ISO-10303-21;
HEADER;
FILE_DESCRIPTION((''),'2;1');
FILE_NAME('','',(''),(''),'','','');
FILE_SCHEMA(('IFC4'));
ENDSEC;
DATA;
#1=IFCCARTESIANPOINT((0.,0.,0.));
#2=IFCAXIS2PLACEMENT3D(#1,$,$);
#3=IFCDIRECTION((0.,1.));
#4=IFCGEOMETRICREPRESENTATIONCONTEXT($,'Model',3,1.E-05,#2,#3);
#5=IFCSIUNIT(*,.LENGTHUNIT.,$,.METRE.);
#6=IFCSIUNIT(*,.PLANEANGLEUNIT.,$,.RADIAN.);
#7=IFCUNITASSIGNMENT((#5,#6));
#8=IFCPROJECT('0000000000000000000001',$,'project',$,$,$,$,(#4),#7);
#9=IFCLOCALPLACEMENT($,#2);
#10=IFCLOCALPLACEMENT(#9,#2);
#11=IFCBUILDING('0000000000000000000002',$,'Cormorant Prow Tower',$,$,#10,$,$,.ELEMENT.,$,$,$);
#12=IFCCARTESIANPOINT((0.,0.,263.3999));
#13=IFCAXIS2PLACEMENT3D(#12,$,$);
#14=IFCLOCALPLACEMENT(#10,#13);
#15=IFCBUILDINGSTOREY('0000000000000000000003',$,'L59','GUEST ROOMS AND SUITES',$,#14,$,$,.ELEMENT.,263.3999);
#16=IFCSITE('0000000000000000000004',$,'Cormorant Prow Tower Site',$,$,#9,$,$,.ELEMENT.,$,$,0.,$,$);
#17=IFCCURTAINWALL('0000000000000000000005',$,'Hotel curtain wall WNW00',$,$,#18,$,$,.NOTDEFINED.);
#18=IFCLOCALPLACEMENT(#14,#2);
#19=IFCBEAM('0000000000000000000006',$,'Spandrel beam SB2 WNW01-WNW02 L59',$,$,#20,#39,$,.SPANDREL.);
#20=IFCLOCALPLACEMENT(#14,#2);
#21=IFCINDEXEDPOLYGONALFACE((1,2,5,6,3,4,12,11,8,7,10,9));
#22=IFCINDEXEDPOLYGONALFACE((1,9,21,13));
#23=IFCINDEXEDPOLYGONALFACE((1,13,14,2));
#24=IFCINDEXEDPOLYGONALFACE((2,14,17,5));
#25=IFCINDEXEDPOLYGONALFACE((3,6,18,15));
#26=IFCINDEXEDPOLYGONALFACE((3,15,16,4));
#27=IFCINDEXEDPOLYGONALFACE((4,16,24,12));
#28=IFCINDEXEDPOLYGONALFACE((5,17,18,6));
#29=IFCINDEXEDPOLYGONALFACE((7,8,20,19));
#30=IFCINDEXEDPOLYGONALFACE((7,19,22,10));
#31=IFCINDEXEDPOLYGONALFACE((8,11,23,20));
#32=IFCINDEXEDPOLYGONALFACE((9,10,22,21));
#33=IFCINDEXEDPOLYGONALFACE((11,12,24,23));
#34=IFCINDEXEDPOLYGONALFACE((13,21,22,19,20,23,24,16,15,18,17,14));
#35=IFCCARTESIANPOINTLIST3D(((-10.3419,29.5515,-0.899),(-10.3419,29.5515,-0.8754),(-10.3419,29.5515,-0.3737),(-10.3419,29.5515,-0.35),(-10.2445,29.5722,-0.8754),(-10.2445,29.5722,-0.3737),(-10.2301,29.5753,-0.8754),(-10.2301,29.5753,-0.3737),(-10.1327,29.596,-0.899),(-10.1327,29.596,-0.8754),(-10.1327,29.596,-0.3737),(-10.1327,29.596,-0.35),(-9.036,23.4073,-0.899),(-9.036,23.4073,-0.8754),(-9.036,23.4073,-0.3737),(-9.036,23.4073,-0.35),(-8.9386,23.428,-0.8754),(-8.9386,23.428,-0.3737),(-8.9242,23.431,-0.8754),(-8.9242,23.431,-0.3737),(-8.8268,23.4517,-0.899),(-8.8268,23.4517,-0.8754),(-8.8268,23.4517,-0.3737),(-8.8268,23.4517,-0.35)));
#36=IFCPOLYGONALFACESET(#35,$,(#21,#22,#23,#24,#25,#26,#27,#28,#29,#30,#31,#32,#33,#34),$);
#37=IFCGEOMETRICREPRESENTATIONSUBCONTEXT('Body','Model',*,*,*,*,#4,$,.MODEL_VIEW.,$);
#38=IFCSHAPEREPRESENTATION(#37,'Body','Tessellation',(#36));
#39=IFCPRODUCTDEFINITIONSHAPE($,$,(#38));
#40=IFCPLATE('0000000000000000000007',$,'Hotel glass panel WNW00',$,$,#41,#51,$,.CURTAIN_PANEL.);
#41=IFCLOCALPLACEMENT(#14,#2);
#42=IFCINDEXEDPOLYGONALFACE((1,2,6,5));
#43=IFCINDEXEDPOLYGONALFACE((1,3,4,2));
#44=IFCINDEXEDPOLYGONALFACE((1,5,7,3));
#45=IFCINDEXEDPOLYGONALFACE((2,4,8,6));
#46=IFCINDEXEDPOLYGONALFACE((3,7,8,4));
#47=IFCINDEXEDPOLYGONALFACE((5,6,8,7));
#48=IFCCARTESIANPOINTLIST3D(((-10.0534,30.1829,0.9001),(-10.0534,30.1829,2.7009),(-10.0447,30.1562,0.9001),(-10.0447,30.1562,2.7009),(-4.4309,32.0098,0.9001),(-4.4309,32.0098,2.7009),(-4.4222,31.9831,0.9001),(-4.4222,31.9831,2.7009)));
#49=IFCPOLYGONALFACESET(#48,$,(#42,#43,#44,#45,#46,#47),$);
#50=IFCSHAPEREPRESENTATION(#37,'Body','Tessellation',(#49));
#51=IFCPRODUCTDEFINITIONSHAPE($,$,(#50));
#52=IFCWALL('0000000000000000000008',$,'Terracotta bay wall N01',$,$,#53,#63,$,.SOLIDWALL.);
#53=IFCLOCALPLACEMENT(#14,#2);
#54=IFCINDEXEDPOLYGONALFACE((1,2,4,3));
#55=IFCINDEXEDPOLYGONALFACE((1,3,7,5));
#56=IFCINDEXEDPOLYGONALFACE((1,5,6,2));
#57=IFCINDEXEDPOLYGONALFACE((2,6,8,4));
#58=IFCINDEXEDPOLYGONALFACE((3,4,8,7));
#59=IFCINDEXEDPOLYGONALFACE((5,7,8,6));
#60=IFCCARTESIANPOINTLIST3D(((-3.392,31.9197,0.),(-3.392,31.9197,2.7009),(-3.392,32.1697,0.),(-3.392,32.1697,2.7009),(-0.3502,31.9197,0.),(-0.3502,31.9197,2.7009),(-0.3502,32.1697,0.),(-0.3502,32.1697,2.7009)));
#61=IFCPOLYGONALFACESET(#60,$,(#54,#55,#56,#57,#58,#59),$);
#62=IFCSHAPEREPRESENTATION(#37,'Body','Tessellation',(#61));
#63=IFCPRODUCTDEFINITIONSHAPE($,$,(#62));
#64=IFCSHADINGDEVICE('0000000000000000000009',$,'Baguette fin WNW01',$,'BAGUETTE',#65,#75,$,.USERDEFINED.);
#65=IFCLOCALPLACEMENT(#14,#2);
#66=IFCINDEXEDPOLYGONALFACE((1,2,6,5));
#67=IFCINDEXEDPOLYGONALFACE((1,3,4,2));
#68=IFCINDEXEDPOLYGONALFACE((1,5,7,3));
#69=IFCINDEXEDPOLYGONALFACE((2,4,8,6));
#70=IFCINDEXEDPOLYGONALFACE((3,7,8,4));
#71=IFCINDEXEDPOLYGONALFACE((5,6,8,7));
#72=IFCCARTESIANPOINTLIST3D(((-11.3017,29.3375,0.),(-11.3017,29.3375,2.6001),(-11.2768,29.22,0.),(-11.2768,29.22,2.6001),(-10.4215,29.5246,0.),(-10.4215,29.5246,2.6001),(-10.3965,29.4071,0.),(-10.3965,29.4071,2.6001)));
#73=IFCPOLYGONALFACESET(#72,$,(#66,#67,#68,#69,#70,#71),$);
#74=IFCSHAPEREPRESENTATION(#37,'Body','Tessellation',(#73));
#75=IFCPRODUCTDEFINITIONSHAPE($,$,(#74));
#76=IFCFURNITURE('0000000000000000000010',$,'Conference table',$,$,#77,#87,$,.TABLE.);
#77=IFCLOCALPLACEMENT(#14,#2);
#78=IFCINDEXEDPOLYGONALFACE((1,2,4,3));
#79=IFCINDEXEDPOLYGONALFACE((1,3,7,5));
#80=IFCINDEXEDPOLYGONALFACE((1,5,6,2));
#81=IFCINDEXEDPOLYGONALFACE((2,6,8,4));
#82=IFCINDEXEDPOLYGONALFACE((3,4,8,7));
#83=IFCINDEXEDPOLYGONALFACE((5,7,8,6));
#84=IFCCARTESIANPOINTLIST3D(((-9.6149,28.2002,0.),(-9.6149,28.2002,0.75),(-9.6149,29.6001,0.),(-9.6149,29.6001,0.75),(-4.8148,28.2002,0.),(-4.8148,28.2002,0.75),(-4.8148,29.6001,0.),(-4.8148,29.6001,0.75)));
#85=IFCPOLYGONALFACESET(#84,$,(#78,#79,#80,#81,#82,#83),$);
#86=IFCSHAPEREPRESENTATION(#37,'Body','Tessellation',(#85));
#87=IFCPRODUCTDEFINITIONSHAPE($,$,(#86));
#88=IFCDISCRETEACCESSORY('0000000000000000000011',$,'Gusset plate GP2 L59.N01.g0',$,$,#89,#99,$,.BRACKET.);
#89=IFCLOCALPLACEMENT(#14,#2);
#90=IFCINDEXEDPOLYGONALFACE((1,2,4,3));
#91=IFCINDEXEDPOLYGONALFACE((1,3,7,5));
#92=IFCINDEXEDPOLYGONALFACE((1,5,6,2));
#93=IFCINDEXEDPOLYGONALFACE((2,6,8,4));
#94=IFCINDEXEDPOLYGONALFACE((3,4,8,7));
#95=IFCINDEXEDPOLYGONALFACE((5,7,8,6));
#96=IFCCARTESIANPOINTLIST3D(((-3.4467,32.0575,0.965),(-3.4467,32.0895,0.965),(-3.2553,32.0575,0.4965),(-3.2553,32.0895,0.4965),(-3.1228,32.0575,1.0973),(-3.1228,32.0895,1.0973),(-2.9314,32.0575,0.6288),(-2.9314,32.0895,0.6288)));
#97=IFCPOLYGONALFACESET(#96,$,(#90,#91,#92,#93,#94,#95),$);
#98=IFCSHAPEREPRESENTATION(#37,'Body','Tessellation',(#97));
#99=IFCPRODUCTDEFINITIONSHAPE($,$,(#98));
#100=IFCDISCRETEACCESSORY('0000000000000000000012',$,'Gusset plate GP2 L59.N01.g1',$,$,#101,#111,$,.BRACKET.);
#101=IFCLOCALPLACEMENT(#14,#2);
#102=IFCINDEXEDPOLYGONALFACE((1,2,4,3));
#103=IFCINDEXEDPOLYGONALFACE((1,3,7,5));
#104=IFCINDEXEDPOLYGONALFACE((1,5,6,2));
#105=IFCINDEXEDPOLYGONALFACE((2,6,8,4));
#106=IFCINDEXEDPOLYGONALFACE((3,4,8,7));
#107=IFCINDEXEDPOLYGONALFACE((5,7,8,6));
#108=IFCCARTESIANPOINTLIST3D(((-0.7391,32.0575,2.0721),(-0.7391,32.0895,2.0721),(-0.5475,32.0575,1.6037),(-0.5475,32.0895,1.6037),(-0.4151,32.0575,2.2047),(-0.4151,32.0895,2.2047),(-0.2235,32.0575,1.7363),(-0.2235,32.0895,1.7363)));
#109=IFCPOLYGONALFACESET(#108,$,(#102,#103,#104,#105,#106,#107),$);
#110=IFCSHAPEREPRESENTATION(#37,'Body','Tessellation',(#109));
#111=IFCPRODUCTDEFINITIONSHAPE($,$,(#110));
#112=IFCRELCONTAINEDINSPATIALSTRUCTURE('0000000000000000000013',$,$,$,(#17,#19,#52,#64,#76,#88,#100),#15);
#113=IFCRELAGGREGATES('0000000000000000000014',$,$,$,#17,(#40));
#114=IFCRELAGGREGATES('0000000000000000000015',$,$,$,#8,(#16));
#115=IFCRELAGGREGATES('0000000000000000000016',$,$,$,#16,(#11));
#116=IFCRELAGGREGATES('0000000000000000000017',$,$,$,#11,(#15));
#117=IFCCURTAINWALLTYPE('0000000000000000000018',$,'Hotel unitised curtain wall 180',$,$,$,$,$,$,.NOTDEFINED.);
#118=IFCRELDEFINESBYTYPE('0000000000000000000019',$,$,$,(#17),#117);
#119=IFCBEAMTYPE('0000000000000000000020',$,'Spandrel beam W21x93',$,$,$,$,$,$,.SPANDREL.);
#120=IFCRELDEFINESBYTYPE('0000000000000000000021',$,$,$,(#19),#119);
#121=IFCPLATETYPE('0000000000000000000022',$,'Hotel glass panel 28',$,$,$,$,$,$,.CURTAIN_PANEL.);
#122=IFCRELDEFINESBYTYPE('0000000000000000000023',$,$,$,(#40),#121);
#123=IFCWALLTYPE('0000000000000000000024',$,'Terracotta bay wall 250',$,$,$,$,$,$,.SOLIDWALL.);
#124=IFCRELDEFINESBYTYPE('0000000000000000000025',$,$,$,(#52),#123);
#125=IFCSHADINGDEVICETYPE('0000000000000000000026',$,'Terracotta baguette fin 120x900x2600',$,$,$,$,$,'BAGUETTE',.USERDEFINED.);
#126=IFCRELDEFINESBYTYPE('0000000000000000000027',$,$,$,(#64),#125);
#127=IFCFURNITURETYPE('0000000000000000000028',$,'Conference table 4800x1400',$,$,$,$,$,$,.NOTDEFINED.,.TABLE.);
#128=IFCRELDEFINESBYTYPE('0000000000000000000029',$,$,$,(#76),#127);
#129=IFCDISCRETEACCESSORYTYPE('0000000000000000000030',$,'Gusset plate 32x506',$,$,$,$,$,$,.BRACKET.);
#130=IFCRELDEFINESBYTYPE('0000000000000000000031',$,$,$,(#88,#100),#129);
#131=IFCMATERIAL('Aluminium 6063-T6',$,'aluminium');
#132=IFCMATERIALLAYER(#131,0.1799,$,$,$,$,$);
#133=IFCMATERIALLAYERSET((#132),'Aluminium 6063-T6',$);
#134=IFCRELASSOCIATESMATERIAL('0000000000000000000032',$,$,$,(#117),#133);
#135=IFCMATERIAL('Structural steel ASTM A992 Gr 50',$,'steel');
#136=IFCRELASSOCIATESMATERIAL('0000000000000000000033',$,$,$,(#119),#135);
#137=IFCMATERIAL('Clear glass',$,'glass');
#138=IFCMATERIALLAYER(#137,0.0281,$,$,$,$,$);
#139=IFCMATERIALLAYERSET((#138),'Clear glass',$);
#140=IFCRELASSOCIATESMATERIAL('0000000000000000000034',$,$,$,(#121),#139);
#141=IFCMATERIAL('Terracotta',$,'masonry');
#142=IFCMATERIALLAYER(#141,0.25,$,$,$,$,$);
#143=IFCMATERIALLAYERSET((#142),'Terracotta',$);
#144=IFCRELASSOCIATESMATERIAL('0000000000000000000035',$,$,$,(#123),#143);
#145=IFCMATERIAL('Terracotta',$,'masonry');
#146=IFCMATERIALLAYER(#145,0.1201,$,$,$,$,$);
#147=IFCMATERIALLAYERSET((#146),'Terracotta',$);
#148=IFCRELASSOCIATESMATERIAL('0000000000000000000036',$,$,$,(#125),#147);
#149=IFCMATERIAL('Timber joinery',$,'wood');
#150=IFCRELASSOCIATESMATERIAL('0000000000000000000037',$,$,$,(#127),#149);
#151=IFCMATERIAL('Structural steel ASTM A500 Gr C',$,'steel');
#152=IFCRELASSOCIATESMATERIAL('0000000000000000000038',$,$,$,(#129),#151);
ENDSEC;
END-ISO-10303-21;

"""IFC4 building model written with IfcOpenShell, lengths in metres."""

from ifc_helpers import new_model, si_unit, direction, frame, frame_2d, origin, origin_2d, place, context, subcontext, project, spatial, rectangle, i_section, extrude, material, layer, layer_set, material_profile, profile_set, type_object, element, aggregate, save


model = new_model("IFC4")

# Units and contexts
model_context = context("Model", 3, precision=1e-05, world=origin(), true_north=direction((0.0, 1.0)))
body_context = subcontext(model_context, "Body", "Model", "MODEL_VIEW")
ifc_project = project(units=[si_unit("LENGTHUNIT", "METRE"), si_unit("PLANEANGLEUNIT", "RADIAN")], contexts=[model_context])

# Site, building, storey
site_placement = place(None, origin())
site = spatial("IfcSite", under=ifc_project, at=site_placement, Name="Cormorant Prow Tower Site", CompositionType="ELEMENT", RefElevation=0.0)
building_placement = place(site_placement, origin())
building = spatial("IfcBuilding", under=site, at=building_placement, Name="Cormorant Prow Tower", CompositionType="ELEMENT")
storey_placement = place(building_placement, frame((0.0, 0.0, 263.3999)))
storey = spatial("IfcBuildingStorey", under=building, at=storey_placement, Name="L59", Description="GUEST ROOMS AND SUITES", CompositionType="ELEMENT", Elevation=263.3999)

# Curtain wall
ifc_material_1 = material(Name="Aluminium 6063-T6", Category="aluminium")
ifc_layer_1 = layer(ifc_material_1, 0.1799)
ifc_layer_set_1 = layer_set([ifc_layer_1], Name="Aluminium 6063-T6")
curtain_wall_type = type_object("IfcCurtainWallType", Name="Hotel unitised curtain wall 180", PredefinedType="NOTDEFINED", material=ifc_layer_set_1)
curtain_wall_1_placement = place(storey_placement, origin())
curtain_wall_1 = element("IfcCurtainWall", 1, at=curtain_wall_1_placement, inside=storey, type_object=curtain_wall_type, Name="Hotel curtain wall WNW00", PredefinedType="NOTDEFINED")

# Beam
ifc_material_2 = material(Name="Structural steel ASTM A992 Gr 50", Category="steel")
ifc_material_profile_1 = material_profile(ifc_material_2, i_section(OverallWidth=0.2139, OverallDepth=0.5491, WebThickness=0.0146, FlangeThickness=0.0237, at=origin_2d()), Name="W21x93")
ifc_profile_set_1 = profile_set([ifc_material_profile_1], Name="Structural steel ASTM A992 Gr 50")
beam_type = type_object("IfcBeamType", Name="Spandrel beam W21x93", PredefinedType="SPANDREL", material=ifc_profile_set_1)
for number, where, z_axis, x_axis, name in (
    (2, (-10.2373, 29.5737, -0.6245), (0.207896, -0.978151, 0.0), (0.978151, 0.207896, 0.0), "Spandrel beam SB2 WNW01-WNW02 L59"),
):
    element("IfcBeam", number, at=place(storey_placement, frame(where, z_axis=z_axis, x_axis=x_axis)), inside=storey, type_object=beam_type, Name=name, PredefinedType="SPANDREL", context=body_context, shape_type="SweptSolid", body=[
        extrude(i_section(OverallWidth=0.2139, OverallDepth=0.5491, WebThickness=0.0146, FlangeThickness=0.0237, at=origin_2d()), origin(), (0.0, 0.0, 1.0), 6.2815),
    ])

# Plate
ifc_material_3 = material(Name="Clear glass", Category="glass")
ifc_layer_2 = layer(ifc_material_3, 0.0281)
ifc_layer_set_2 = layer_set([ifc_layer_2], Name="Clear glass")
plate_type = type_object("IfcPlateType", Name="Hotel glass panel 28", PredefinedType="CURTAIN_PANEL", material=ifc_layer_set_2)
plate_placement = place(storey_placement, frame((-7.2378, 31.083, 0.9001), z_axis=(0.0, 0.0, 1.0), x_axis=(-0.951057, -0.309017, 0.0)))
plate = element("IfcPlate", 3, at=plate_placement, type_object=plate_type, Name="Hotel glass panel WNW00", PredefinedType="CURTAIN_PANEL", context=body_context, shape_type="SweptSolid", body=[
    extrude(rectangle(XDim=5.9119, YDim=0.0281, at=origin_2d()), origin(), (0.0, 0.0, 1.0), 1.8008),
])
aggregate(curtain_wall_1, [plate])

# Wall
ifc_material_4 = material(Name="Terracotta", Category="masonry")
ifc_layer_3 = layer(ifc_material_4, 0.25)
ifc_layer_set_3 = layer_set([ifc_layer_3], Name="Terracotta")
wall_type_1 = type_object("IfcWallType", Name="Terracotta bay wall 250", PredefinedType="SOLIDWALL", material=ifc_layer_set_3)
wall_1_placement = place(storey_placement, frame((-0.3501, 32.0447, 0.0), z_axis=(0.0, 0.0, 1.0), x_axis=(-1.0, 0.0, 0.0)))
element("IfcWall", 4, at=wall_1_placement, inside=storey, type_object=wall_type_1, Name="Terracotta bay wall N01", PredefinedType="SOLIDWALL", context=body_context, shape_type="SweptSolid", body=[
    extrude(rectangle(XDim=3.0417, YDim=0.25, at=frame_2d((1.521, 0.0))), origin(), (0.0, 0.0, 1.0), 2.7009),
])

# Shading device
ifc_material_5 = material(Name="Terracotta", Category="masonry")
ifc_layer_4 = layer(ifc_material_5, 0.1201)
ifc_layer_set_4 = layer_set([ifc_layer_4], Name="Terracotta")
shading_device_type = type_object("IfcShadingDeviceType", Name="Terracotta baguette fin 120x900x2600", ElementType="BAGUETTE", PredefinedType="USERDEFINED", material=ifc_layer_set_4)
shading_device_placement = place(storey_placement, frame((-10.8491, 29.3723, 0.0), z_axis=(0.0, 0.0, 1.0), x_axis=(0.207912, -0.978148, 0.0)))
element("IfcShadingDevice", 5, at=shading_device_placement, inside=storey, type_object=shading_device_type, Name="Baguette fin WNW01", ObjectType="BAGUETTE", PredefinedType="USERDEFINED", context=body_context, shape_type="SweptSolid", body=[
    extrude(rectangle(XDim=0.1201, YDim=0.8999, at=origin_2d()), origin(), (0.0, 0.0, 1.0), 2.6001),
])

# Furniture
ifc_material_6 = material(Name="Timber joinery", Category="wood")
furniture_type = type_object("IfcFurnitureType", Name="Conference table 4800x1400", AssemblyPlace="NOTDEFINED", PredefinedType="TABLE", material=ifc_material_6)
furniture_placement = place(storey_placement, frame((-7.2148, 28.9001, 0.0), z_axis=(0.0, 0.0, 1.0), x_axis=(1.0, 0.0, 0.0)))
element("IfcFurniture", 6, at=furniture_placement, inside=storey, type_object=furniture_type, Name="Conference table", PredefinedType="TABLE", context=body_context, shape_type="SweptSolid", body=[
    extrude(rectangle(XDim=4.8, YDim=1.3999, at=origin_2d()), origin(), (0.0, 0.0, 1.0), 0.75),
])

# Discrete accessories
ifc_material_7 = material(Name="Structural steel ASTM A500 Gr C", Category="steel")
ifc_material_profile_2 = material_profile(ifc_material_7, rectangle(XDim=0.032, YDim=0.5061, at=origin_2d()), Name="Gusset plate 32x506")
ifc_profile_set_2 = profile_set([ifc_material_profile_2], Name="Structural steel ASTM A500 Gr C")
discrete_accessory_type = type_object("IfcDiscreteAccessoryType", Name="Gusset plate 32x506", PredefinedType="BRACKET", material=ifc_profile_set_2)
discrete_accessory_1_placement = place(storey_placement, frame((-3.0271, 32.0735, 0.863), z_axis=(-0.925758, 0.0, -0.378117), x_axis=(0.0, -1.0, 0.0)))
element("IfcDiscreteAccessory", 7, at=discrete_accessory_1_placement, inside=storey, type_object=discrete_accessory_type, Name="Gusset plate GP2 L59.N01.g0", PredefinedType="BRACKET", context=body_context, shape_type="SweptSolid", body=[
    extrude(rectangle(XDim=0.032, YDim=0.5061, at=origin_2d()), origin(), (0.0, 0.0, 1.0), 0.3499),
])
discrete_accessory_2_placement = place(storey_placement, frame((-0.6433, 32.0735, 1.8379), z_axis=(0.925514, 0.0, 0.378714), x_axis=(0.0, 1.0, 0.0)))
element("IfcDiscreteAccessory", 8, at=discrete_accessory_2_placement, inside=storey, type_object=discrete_accessory_type, Name="Gusset plate GP2 L59.N01.g1", PredefinedType="BRACKET", context=body_context, shape_type="SweptSolid", body=[
    extrude(rectangle(XDim=0.032, YDim=0.5061, at=origin_2d()), origin(), (0.0, 0.0, 1.0), 0.3501),
])

save(model, "model.ifc")
